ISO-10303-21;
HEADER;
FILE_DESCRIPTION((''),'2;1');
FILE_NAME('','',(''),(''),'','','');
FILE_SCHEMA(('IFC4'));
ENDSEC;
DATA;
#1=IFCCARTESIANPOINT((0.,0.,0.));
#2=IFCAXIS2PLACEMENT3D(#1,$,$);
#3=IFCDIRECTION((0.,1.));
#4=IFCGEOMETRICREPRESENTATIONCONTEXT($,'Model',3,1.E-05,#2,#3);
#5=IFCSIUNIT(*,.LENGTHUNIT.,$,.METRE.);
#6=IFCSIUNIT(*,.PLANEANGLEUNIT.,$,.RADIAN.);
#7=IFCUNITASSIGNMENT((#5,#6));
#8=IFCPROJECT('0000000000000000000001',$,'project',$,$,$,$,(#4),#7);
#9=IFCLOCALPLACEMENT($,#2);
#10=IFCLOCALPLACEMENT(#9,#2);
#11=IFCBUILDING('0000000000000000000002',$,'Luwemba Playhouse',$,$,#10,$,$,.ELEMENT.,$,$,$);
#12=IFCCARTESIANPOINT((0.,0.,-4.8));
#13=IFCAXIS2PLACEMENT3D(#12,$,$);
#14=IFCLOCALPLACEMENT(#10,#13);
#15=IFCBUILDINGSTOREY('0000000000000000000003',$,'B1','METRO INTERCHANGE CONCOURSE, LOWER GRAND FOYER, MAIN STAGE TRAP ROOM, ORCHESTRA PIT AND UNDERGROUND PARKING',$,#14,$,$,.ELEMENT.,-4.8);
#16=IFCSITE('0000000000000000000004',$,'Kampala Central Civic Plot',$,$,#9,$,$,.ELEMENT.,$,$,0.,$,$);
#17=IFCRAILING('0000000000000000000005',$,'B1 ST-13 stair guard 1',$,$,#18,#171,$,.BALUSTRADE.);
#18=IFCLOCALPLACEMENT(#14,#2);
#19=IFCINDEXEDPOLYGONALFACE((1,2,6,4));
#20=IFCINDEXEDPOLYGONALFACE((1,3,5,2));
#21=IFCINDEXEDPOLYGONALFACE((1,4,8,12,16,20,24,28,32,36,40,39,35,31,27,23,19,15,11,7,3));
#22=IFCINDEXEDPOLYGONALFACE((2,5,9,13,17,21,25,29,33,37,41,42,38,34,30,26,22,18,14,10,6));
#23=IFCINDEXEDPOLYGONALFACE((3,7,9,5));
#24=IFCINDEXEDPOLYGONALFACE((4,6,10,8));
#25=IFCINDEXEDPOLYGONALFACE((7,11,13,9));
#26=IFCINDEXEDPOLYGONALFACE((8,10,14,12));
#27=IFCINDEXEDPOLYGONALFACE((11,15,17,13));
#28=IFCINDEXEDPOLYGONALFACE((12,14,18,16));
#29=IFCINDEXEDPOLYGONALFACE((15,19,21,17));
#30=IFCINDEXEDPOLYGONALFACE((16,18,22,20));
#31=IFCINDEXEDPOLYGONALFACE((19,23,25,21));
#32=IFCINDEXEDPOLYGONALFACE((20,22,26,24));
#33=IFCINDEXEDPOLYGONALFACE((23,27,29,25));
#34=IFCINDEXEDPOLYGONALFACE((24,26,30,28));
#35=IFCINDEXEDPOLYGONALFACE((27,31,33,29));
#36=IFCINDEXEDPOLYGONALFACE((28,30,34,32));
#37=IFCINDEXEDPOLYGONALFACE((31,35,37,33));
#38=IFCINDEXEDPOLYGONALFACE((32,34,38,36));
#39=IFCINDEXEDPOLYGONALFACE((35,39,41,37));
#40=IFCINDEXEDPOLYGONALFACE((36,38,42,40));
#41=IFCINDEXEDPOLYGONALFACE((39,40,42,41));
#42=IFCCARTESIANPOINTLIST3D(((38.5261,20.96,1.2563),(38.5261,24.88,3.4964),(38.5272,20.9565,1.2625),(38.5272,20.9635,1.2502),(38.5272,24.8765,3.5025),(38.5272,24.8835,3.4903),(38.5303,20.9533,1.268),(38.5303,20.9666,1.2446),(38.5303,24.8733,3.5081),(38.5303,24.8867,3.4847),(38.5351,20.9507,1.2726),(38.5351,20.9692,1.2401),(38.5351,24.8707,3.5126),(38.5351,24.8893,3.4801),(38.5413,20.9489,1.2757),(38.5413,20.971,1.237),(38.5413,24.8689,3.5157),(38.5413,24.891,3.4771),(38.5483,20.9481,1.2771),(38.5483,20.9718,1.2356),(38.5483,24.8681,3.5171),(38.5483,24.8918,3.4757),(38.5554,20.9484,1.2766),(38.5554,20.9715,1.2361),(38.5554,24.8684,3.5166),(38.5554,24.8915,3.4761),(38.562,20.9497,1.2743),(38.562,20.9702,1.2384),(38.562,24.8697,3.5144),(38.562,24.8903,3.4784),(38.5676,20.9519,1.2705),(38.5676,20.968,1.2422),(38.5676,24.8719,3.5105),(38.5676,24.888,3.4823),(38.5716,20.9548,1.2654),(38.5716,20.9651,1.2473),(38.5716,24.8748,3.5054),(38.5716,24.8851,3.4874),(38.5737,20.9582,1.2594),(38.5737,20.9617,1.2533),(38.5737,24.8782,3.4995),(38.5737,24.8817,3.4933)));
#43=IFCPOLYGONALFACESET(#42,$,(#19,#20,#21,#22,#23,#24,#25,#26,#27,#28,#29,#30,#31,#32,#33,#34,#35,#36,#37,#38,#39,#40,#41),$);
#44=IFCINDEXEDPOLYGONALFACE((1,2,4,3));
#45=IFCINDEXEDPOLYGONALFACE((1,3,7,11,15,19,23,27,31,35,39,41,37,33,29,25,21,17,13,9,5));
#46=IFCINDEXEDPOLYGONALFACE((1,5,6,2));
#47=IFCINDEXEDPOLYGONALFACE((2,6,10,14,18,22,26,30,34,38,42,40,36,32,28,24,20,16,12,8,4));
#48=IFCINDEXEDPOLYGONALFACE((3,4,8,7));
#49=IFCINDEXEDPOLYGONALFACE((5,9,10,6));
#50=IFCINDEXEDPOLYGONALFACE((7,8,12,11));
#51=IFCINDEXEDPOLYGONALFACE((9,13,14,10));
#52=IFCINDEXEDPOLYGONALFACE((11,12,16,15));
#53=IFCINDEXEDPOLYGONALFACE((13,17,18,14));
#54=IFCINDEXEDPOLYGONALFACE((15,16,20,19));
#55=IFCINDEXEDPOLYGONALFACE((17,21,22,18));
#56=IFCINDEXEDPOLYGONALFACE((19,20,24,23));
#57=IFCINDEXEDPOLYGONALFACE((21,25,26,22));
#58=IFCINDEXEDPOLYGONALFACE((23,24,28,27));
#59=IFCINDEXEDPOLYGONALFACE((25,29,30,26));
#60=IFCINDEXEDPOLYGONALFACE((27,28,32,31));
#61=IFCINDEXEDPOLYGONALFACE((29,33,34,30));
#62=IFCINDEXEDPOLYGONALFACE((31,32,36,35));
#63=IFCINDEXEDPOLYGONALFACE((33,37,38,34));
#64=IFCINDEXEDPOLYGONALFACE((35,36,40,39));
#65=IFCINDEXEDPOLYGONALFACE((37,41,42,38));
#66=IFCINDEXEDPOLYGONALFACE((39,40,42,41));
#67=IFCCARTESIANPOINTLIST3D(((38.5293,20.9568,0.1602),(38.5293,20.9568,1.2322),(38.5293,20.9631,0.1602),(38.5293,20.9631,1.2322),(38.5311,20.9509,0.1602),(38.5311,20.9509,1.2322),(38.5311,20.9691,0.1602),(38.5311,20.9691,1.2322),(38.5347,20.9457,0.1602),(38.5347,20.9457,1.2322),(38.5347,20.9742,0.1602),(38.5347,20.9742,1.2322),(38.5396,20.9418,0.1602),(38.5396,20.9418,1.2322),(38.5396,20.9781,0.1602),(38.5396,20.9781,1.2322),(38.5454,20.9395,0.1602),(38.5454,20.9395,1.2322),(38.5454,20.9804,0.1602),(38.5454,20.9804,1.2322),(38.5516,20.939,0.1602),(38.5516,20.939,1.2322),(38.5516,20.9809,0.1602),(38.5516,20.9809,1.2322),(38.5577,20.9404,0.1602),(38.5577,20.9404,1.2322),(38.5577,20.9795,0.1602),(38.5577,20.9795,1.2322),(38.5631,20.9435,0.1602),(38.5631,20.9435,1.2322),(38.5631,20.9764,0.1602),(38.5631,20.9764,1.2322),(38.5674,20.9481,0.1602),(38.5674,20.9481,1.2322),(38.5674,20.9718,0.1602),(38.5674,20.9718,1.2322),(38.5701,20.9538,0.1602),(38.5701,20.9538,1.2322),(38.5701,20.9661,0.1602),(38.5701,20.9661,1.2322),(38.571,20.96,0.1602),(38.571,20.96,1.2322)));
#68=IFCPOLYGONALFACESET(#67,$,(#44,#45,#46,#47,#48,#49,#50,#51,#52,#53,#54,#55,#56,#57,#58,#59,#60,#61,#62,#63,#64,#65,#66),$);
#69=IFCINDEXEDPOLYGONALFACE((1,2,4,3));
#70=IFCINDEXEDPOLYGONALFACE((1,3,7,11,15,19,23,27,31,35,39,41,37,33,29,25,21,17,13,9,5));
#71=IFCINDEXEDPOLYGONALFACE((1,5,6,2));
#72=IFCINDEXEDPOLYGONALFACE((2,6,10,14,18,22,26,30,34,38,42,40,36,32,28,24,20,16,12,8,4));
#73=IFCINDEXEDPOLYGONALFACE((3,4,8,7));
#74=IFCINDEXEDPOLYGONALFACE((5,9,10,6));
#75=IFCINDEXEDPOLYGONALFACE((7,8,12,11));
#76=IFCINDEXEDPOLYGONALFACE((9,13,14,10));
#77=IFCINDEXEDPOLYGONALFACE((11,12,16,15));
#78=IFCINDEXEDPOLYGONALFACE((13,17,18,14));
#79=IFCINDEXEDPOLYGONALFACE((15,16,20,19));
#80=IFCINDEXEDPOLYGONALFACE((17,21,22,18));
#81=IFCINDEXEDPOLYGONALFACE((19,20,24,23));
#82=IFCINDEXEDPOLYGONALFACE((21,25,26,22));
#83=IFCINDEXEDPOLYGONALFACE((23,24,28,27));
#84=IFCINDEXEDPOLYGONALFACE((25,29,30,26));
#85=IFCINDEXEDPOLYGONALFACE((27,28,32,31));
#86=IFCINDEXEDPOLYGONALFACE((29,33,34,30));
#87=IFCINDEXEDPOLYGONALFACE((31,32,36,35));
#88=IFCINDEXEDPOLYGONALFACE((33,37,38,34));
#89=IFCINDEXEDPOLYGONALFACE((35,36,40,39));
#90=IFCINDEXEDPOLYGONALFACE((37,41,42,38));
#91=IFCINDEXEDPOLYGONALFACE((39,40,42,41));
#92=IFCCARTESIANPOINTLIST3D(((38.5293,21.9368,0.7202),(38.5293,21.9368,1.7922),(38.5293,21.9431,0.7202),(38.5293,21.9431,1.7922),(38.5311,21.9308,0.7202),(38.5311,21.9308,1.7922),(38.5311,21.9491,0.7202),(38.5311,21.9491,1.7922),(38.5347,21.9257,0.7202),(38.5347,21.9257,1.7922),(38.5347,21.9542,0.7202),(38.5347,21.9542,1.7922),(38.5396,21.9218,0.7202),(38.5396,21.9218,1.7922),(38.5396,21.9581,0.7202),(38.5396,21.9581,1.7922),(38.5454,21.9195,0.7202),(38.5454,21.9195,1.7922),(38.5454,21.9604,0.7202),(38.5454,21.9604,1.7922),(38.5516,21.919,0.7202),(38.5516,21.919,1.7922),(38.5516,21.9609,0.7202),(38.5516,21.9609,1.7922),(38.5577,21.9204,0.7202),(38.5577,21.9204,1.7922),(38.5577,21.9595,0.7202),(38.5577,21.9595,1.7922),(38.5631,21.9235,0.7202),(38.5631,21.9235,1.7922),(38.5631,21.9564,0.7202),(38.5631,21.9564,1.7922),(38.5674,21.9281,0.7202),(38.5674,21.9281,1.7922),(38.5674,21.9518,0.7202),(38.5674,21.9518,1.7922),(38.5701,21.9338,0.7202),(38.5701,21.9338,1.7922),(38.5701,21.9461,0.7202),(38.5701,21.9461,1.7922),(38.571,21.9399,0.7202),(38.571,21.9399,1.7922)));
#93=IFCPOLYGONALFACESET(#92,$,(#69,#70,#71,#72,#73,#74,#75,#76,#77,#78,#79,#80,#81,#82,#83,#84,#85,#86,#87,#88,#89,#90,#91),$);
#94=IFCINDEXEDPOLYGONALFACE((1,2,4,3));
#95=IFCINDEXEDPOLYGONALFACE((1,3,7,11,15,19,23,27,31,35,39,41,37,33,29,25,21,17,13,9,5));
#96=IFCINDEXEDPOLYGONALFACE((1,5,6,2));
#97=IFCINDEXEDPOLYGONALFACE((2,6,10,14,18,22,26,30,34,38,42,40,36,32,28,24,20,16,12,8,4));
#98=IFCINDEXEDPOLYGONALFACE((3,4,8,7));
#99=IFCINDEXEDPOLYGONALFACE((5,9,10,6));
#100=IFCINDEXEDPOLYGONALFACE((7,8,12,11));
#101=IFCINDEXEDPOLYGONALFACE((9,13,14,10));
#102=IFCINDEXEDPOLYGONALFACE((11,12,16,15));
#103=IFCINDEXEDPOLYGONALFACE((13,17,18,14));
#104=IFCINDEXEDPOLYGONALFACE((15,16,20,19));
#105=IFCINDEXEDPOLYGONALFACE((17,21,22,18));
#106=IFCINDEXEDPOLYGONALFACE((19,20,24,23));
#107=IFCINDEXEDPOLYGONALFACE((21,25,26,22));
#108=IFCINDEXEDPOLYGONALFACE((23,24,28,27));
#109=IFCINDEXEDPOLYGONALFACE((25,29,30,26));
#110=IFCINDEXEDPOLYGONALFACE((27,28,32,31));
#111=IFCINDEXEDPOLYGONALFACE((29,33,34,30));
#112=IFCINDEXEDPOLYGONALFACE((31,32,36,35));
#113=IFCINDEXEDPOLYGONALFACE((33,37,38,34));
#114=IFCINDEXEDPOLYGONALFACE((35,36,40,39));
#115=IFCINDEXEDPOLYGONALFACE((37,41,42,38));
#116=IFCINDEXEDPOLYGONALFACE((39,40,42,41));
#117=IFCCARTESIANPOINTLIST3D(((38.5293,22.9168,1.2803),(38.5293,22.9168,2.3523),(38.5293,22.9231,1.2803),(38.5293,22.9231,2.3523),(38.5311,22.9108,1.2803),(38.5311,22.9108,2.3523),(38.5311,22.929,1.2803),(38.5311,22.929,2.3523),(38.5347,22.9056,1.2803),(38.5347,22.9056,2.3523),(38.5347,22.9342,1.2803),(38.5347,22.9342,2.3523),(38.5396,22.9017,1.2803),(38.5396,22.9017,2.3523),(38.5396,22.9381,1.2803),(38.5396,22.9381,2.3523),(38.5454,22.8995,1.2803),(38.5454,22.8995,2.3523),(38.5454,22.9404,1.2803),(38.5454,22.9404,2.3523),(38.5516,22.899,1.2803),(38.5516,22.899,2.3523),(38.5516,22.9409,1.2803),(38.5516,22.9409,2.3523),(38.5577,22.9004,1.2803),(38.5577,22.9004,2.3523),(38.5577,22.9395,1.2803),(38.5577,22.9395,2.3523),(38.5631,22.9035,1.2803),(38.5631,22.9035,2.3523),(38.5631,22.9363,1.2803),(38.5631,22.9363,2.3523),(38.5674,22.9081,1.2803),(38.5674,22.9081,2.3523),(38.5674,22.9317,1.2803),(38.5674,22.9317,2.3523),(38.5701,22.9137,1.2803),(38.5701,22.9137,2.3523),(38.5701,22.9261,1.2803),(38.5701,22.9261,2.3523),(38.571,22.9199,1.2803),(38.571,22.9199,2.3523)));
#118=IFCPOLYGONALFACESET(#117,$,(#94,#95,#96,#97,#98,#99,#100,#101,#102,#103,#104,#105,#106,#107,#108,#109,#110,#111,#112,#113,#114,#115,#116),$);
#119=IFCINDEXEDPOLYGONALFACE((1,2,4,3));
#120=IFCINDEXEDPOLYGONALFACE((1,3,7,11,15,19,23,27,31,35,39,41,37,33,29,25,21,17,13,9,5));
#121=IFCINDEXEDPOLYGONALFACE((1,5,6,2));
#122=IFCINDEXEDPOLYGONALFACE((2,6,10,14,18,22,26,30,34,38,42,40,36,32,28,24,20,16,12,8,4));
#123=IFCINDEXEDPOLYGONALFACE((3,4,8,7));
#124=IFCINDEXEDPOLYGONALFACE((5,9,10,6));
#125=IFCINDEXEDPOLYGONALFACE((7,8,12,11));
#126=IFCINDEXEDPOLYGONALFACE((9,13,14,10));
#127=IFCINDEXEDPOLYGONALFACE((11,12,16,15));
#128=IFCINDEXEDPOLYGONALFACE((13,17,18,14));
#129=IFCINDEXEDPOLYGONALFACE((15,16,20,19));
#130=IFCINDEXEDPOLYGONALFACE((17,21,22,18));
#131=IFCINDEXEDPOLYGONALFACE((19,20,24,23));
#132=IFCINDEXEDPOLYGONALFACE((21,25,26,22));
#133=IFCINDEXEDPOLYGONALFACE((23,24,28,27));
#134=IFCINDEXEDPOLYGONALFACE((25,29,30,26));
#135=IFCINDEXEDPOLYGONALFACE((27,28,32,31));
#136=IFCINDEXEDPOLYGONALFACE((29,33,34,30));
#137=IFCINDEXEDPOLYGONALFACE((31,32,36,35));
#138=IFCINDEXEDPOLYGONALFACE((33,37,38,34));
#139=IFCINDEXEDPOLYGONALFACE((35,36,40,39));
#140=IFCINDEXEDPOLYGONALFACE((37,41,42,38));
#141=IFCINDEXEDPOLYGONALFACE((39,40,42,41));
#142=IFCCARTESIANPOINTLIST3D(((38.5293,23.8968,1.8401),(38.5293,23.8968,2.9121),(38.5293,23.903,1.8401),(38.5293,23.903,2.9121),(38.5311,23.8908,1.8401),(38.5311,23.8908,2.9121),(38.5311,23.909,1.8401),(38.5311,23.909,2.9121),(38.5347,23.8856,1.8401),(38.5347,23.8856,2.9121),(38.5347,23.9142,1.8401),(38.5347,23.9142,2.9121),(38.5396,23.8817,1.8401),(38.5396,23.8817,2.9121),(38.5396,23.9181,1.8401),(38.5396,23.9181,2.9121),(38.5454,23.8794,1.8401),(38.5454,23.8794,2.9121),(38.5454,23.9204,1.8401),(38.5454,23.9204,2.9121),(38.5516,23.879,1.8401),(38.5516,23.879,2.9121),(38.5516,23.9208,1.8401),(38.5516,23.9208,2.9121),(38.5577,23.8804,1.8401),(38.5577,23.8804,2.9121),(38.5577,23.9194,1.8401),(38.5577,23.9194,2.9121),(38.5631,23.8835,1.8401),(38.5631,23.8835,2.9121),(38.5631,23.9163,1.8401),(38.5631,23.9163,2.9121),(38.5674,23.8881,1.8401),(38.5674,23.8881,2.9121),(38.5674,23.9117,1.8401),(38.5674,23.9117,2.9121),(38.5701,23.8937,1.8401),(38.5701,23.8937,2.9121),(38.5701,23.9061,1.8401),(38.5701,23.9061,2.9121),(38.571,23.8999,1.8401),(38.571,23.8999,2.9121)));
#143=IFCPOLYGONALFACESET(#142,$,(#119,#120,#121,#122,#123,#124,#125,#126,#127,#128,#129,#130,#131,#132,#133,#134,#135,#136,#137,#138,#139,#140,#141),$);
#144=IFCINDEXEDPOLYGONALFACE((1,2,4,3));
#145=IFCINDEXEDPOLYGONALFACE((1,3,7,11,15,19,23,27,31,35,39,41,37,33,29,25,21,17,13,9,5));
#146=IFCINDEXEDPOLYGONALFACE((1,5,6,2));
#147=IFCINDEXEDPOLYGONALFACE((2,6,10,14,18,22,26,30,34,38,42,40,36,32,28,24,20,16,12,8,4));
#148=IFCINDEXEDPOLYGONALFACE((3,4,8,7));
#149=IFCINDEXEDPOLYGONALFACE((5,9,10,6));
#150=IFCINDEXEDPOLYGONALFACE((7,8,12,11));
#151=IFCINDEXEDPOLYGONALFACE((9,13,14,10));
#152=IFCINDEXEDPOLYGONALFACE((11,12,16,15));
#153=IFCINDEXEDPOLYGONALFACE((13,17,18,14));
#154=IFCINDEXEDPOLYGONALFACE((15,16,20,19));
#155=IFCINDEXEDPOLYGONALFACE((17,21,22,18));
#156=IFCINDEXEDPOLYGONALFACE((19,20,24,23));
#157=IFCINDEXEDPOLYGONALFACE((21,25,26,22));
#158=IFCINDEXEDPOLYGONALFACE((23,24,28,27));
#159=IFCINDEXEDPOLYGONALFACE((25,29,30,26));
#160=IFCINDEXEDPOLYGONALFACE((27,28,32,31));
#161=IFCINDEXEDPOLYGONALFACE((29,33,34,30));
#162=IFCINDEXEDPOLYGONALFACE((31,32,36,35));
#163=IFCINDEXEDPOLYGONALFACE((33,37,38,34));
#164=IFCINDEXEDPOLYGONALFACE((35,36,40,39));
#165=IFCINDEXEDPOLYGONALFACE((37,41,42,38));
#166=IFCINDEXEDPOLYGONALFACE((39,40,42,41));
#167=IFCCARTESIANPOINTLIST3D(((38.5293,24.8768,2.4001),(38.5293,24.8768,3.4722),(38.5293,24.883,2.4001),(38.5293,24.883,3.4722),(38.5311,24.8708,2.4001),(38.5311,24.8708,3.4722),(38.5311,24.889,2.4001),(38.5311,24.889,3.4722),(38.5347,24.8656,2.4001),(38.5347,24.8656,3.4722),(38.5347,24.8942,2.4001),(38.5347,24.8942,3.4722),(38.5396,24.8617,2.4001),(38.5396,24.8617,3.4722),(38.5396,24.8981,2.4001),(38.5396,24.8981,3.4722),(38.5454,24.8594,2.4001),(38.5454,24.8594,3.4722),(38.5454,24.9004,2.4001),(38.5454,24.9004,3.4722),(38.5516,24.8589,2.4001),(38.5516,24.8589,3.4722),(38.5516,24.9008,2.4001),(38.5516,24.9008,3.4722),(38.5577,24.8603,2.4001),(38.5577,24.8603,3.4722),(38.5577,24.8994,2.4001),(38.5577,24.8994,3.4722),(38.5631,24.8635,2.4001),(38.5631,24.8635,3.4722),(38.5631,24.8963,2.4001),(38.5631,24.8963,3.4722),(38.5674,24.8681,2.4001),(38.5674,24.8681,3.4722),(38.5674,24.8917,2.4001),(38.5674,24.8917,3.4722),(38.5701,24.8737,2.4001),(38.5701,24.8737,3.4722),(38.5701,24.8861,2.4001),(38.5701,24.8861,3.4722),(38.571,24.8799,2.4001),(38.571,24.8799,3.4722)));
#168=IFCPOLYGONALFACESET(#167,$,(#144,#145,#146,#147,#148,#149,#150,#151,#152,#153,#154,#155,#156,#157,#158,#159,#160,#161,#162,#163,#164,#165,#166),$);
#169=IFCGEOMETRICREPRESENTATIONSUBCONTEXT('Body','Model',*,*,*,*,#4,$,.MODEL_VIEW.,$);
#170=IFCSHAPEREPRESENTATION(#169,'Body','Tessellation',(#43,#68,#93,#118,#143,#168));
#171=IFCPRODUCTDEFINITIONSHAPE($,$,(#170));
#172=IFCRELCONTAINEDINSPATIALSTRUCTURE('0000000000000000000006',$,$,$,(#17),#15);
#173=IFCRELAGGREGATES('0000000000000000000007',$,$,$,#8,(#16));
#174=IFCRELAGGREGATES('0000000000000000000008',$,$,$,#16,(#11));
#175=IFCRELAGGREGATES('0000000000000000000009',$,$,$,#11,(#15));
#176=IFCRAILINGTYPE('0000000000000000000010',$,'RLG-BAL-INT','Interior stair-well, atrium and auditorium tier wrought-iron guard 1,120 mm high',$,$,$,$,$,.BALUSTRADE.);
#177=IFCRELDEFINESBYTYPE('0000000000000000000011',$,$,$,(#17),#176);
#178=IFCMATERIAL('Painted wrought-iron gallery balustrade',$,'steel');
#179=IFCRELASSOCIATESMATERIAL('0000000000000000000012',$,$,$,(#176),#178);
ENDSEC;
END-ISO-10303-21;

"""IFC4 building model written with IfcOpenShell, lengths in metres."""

from ifc_helpers import new_model, si_unit, direction, frame, origin, origin_2d, place, context, subcontext, project, spatial, circle, extrude, material, type_object, element, save


model = new_model("IFC4")

# Units and contexts
model_context = context("Model", 3, precision=1e-05, world=origin(), true_north=direction((0.0, 1.0)))
body_context = subcontext(model_context, "Body", "Model", "MODEL_VIEW")
ifc_project = project(units=[si_unit("LENGTHUNIT", "METRE"), si_unit("PLANEANGLEUNIT", "RADIAN")], contexts=[model_context])

# Site, building, storey
site_placement = place(None, origin())
site = spatial("IfcSite", under=ifc_project, at=site_placement, Name="Kampala Central Civic Plot", CompositionType="ELEMENT", RefElevation=0.0)
building_placement = place(site_placement, origin())
building = spatial("IfcBuilding", under=site, at=building_placement, Name="Luwemba Playhouse", CompositionType="ELEMENT")
storey_placement = place(building_placement, frame((0.0, 0.0, -4.8)))
storey = spatial("IfcBuildingStorey", under=building, at=storey_placement, Name="B1", Description="METRO INTERCHANGE CONCOURSE, LOWER GRAND FOYER, MAIN STAGE TRAP ROOM, ORCHESTRA PIT AND UNDERGROUND PARKING", CompositionType="ELEMENT", Elevation=-4.8)

# Railing
ifc_material_1 = material(Name="Painted wrought-iron gallery balustrade", Category="steel")
railing_type_1 = type_object("IfcRailingType", Name="RLG-BAL-INT", Description="Interior stair-well, atrium and auditorium tier wrought-iron guard 1,120 mm high", PredefinedType="BALUSTRADE", material=ifc_material_1)
railing_1_placement = place(storey_placement, frame((38.55, 20.96, 0.1602)))
element("IfcRailing", 1, at=railing_1_placement, inside=storey, type_object=railing_type_1, Name="B1 ST-13 stair guard 1", PredefinedType="BALUSTRADE", context=body_context, shape_type="SweptSolid", body=[
    extrude(circle(Radius=0.0239, at=origin_2d()), frame((0.0, 0.0, 1.0962), z_axis=(0.0, 0.86824, 0.496145), x_axis=(-1.0, 0.0, 0.0)), (0.0, 0.0, 1.0), 4.5149),
    extrude(circle(Radius=0.021, at=origin_2d()), origin(), (0.0, 0.0, 1.0), 1.072),
    extrude(circle(Radius=0.021, at=origin_2d()), frame((0.0, 0.98, 0.5601)), (0.0, 0.0, 1.0), 1.072),
    extrude(circle(Radius=0.021, at=origin_2d()), frame((0.0, 1.96, 1.1201)), (0.0, 0.0, 1.0), 1.072),
    extrude(circle(Radius=0.021, at=origin_2d()), frame((0.0, 2.9399, 1.6799)), (0.0, 0.0, 1.0), 1.072),
    extrude(circle(Radius=0.021, at=origin_2d()), frame((0.0, 3.9199, 2.24)), (0.0, 0.0, 1.0), 1.072),
])

save(model, "model.ifc")
